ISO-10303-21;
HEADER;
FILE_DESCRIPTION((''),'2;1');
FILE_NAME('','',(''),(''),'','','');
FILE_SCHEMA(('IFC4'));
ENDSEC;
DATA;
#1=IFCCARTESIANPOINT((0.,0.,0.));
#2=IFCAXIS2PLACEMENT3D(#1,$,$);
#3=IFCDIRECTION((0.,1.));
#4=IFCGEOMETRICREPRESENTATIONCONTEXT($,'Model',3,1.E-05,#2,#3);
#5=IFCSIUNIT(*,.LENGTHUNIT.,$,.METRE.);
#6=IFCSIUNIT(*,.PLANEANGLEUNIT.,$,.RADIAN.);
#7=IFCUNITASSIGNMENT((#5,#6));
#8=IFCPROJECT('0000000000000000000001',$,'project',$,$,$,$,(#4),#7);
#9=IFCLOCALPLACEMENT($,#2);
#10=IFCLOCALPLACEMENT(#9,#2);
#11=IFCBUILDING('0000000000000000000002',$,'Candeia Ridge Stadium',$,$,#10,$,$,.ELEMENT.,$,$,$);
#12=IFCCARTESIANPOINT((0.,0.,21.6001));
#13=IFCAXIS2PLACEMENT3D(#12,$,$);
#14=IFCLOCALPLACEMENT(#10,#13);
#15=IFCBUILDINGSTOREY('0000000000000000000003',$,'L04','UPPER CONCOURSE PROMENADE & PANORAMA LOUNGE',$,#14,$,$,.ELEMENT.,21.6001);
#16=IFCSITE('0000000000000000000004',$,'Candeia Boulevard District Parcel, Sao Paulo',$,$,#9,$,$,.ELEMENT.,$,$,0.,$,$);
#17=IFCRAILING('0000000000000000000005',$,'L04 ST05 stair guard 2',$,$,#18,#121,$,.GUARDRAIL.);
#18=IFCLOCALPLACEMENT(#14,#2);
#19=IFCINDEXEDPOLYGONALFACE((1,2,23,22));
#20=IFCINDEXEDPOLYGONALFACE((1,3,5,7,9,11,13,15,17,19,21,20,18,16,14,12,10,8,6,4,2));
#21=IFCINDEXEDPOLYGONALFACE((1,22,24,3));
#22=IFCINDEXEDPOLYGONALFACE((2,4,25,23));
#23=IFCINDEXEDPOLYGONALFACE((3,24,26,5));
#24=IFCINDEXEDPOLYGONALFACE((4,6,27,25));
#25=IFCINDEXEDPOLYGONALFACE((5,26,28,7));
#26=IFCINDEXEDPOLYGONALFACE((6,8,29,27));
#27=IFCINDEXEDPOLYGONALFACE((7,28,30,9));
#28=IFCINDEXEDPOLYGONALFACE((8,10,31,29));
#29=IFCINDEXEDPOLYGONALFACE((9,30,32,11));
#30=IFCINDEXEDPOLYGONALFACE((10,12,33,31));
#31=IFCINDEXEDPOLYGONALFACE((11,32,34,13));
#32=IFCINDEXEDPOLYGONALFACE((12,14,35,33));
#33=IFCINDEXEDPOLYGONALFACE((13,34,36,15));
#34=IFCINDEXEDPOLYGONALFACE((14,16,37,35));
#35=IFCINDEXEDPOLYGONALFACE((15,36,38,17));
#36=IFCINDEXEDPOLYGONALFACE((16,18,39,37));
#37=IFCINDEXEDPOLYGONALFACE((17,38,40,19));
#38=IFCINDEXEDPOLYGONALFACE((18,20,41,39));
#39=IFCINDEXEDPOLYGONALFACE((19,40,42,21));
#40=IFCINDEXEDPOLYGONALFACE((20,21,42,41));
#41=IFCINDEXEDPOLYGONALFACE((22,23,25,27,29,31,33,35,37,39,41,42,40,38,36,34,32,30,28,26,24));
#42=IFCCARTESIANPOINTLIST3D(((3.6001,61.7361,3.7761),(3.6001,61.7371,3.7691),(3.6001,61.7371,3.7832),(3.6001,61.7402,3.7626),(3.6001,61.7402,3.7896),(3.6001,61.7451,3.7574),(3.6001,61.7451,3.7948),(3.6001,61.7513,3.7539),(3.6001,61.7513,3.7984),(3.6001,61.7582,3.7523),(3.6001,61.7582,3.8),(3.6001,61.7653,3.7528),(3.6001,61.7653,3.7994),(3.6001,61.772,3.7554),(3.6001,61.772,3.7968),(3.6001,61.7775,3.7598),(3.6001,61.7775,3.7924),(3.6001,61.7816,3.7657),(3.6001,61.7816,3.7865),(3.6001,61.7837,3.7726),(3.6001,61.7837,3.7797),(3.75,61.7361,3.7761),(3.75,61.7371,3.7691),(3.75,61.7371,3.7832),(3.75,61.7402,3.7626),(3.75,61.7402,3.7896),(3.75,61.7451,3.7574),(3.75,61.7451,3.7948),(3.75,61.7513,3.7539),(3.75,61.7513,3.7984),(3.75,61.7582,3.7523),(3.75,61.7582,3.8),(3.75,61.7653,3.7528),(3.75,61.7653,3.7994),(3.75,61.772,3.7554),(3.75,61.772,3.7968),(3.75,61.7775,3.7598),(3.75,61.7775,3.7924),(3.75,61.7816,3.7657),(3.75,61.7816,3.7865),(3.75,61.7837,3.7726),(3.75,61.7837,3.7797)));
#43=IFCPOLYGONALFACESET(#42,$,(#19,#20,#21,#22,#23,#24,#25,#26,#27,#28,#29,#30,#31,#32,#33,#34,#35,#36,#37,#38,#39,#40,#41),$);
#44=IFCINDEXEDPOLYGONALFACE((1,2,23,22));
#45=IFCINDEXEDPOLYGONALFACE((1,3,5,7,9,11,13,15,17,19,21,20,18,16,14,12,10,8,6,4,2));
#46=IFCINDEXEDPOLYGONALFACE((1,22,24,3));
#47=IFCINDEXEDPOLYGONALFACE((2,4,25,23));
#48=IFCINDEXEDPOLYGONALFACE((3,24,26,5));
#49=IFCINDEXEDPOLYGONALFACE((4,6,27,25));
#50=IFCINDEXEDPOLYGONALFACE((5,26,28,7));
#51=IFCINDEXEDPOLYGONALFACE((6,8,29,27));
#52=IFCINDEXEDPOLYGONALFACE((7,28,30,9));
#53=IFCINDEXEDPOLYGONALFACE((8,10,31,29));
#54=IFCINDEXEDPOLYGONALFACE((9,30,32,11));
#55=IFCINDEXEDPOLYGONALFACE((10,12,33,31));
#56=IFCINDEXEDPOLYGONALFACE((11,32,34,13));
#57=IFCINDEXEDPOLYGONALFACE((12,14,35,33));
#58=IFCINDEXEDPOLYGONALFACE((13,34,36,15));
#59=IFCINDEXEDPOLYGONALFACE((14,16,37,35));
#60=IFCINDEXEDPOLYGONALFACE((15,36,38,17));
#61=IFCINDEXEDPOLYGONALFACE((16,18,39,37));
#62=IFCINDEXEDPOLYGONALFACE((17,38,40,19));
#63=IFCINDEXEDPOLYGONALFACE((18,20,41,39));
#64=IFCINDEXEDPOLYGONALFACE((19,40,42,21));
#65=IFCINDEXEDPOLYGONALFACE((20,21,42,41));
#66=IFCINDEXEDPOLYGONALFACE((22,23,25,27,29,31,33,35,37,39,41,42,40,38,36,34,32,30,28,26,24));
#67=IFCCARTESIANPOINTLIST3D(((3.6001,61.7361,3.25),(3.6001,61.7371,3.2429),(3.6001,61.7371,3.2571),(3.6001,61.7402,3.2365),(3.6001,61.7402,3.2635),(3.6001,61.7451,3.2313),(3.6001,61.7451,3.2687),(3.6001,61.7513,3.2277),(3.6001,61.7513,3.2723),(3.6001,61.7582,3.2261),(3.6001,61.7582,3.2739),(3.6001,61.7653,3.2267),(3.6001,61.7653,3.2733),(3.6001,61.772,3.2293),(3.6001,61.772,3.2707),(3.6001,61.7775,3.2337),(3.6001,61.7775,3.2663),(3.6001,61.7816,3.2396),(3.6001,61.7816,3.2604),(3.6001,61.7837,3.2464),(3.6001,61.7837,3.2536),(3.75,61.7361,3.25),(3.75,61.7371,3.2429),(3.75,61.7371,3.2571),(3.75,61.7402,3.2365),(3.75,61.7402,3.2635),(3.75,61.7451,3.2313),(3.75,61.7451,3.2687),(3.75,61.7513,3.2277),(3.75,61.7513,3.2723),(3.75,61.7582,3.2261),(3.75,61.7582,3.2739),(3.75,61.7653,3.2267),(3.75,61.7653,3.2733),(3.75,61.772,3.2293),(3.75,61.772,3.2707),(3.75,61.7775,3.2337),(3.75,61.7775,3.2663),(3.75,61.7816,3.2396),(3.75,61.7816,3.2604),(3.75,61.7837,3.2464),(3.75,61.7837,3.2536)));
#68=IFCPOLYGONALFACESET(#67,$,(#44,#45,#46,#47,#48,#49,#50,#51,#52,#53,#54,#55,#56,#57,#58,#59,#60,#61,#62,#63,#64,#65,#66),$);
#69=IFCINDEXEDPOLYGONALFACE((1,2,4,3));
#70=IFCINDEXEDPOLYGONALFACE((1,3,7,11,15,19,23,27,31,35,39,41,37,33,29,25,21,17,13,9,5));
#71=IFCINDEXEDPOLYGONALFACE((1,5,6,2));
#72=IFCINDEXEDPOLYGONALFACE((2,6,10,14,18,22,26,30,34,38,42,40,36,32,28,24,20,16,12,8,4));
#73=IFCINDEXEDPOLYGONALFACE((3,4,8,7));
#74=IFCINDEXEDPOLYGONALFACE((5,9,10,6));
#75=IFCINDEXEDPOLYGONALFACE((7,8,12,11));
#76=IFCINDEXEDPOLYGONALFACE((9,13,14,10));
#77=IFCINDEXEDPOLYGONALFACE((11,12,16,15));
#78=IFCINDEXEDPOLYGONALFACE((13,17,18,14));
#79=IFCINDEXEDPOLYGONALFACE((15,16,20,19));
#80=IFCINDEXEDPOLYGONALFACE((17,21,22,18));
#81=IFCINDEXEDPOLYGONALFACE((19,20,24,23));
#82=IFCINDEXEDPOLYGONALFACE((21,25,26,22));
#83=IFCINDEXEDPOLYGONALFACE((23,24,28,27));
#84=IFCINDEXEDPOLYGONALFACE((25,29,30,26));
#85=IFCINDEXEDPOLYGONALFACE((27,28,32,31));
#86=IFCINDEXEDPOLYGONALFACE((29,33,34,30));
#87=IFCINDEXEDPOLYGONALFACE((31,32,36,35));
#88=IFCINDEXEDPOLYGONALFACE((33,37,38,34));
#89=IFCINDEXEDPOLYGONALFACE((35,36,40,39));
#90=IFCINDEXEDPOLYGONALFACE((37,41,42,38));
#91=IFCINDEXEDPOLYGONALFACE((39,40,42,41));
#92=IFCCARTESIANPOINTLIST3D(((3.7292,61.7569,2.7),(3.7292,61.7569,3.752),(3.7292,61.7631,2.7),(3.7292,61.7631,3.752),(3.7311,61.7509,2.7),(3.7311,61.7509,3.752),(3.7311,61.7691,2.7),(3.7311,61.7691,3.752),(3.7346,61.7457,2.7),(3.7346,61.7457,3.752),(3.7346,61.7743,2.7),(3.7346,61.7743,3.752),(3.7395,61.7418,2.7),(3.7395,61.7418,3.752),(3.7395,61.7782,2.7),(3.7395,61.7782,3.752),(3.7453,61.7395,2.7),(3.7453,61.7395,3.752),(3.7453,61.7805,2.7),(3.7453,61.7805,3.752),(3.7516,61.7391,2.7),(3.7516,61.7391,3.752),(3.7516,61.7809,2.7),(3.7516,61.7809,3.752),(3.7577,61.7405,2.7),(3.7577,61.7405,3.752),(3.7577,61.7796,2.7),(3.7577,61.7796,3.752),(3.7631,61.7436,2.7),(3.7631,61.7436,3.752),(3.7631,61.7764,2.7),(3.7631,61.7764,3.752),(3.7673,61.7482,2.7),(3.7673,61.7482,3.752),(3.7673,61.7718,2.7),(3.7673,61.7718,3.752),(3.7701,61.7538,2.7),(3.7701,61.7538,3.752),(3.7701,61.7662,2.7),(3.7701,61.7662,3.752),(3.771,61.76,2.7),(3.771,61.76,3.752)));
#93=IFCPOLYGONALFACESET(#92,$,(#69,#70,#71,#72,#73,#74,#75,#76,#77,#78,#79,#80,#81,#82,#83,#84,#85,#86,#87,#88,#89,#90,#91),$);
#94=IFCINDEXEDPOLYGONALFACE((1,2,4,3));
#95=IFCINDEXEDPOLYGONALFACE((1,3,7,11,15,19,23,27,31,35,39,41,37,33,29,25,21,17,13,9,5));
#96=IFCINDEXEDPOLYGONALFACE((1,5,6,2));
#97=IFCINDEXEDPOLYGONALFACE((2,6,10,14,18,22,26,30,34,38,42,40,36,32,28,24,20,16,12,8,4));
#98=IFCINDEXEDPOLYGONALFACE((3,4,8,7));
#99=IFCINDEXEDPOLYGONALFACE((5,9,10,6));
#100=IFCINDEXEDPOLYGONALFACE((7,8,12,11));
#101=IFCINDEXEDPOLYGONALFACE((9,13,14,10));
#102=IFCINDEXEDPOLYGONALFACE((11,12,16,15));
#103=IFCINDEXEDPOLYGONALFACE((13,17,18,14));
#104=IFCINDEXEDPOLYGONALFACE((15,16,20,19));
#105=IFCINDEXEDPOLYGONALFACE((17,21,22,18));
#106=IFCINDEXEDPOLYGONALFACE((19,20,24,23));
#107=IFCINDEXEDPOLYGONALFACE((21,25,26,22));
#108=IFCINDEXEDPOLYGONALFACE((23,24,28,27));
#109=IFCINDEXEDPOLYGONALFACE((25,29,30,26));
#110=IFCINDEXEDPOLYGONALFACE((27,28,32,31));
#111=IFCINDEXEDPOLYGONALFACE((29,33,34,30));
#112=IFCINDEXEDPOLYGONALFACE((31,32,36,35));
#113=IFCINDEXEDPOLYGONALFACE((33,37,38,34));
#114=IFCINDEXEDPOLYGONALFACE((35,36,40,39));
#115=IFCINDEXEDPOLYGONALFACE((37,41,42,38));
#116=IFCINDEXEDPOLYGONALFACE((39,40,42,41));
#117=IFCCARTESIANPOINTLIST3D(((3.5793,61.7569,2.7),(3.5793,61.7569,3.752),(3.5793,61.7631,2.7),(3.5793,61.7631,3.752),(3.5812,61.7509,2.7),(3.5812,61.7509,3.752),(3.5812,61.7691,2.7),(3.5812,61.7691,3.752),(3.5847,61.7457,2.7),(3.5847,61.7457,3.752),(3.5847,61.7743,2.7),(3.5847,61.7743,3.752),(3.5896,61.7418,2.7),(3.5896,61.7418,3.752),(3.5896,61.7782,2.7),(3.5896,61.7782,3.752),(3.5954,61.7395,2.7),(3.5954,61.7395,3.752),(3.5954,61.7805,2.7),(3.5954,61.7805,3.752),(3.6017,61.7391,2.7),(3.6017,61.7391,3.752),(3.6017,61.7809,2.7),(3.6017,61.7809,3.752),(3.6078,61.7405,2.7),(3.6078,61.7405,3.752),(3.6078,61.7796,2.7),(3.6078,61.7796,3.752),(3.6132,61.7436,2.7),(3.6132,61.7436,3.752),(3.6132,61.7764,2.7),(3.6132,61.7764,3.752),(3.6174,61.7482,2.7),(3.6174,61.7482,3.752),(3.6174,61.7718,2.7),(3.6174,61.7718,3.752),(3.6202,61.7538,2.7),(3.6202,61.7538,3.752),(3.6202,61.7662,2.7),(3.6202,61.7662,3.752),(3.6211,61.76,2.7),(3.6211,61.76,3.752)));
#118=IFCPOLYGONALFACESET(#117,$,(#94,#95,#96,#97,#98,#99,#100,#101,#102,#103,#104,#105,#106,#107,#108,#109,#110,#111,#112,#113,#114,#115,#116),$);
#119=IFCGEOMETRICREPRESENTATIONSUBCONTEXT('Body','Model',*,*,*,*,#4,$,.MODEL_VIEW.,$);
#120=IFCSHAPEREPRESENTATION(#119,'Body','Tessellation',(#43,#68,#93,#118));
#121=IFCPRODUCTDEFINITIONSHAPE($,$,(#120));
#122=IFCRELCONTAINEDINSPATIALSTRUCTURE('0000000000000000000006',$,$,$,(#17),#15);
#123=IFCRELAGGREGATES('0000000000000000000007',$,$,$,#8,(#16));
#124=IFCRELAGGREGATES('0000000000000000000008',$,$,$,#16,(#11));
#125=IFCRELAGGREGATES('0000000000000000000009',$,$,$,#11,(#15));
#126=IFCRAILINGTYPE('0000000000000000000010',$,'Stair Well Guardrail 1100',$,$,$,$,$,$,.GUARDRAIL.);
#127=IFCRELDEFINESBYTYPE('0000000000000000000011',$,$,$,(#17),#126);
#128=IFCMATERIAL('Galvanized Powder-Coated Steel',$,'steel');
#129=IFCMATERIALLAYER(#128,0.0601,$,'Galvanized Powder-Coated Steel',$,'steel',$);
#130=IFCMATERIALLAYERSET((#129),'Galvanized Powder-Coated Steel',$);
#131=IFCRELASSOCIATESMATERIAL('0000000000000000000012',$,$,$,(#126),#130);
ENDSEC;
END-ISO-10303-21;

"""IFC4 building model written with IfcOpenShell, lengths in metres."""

from ifc_helpers import new_model, si_unit, direction, frame, origin, origin_2d, place, context, subcontext, project, spatial, circle, extrude, material, layer, layer_set, type_object, element, save


model = new_model("IFC4")

# Units and contexts
model_context = context("Model", 3, precision=1e-05, world=origin(), true_north=direction((0.0, 1.0)))
body_context = subcontext(model_context, "Body", "Model", "MODEL_VIEW")
ifc_project = project(units=[si_unit("LENGTHUNIT", "METRE"), si_unit("PLANEANGLEUNIT", "RADIAN")], contexts=[model_context])

# Site, building, storey
site_placement = place(None, origin())
site = spatial("IfcSite", under=ifc_project, at=site_placement, Name="Candeia Boulevard District Parcel, Sao Paulo", CompositionType="ELEMENT", RefElevation=0.0)
building_placement = place(site_placement, origin())
building = spatial("IfcBuilding", under=site, at=building_placement, Name="Candeia Ridge Stadium", CompositionType="ELEMENT")
storey_placement = place(building_placement, frame((0.0, 0.0, 21.6001)))
storey = spatial("IfcBuildingStorey", under=building, at=storey_placement, Name="L04", Description="UPPER CONCOURSE PROMENADE & PANORAMA LOUNGE", CompositionType="ELEMENT", Elevation=21.6001)

# Railing
ifc_material_1 = material(Name="Galvanized Powder-Coated Steel", Category="steel")
ifc_layer_1 = layer(ifc_material_1, 0.0601, Name="Galvanized Powder-Coated Steel", Category="steel")
ifc_layer_set_1 = layer_set([ifc_layer_1], Name="Galvanized Powder-Coated Steel")
railing_type_1 = type_object("IfcRailingType", Name="Stair Well Guardrail 1100", PredefinedType="GUARDRAIL", material=ifc_layer_set_1)
railing_1_placement = place(storey_placement, frame((3.75, 61.76, 2.7)))
element("IfcRailing", 1, at=railing_1_placement, inside=storey, type_object=railing_type_1, Name="L04 ST05 stair guard 2", PredefinedType="GUARDRAIL", context=body_context, shape_type="SweptSolid", body=[
    extrude(circle(Radius=0.0239, at=origin_2d()), frame((0.0, 0.0, 1.0762), z_axis=(-1.0, 0.0, 0.0), x_axis=(0.0, -1.0, 0.0)), (0.0, 0.0, 1.0), 0.1499),
    extrude(circle(Radius=0.0239, at=origin_2d()), frame((0.0, 0.0, 0.55), z_axis=(-1.0, 0.0, 0.0), x_axis=(0.0, -1.0, 0.0)), (0.0, 0.0, 1.0), 0.1499),
    extrude(circle(Radius=0.021, at=origin_2d()), origin(), (0.0, 0.0, 1.0), 1.052),
    extrude(circle(Radius=0.021, at=origin_2d()), frame((-0.1499, 0.0, 0.0)), (0.0, 0.0, 1.0), 1.052),
])

save(model, "model.ifc")
